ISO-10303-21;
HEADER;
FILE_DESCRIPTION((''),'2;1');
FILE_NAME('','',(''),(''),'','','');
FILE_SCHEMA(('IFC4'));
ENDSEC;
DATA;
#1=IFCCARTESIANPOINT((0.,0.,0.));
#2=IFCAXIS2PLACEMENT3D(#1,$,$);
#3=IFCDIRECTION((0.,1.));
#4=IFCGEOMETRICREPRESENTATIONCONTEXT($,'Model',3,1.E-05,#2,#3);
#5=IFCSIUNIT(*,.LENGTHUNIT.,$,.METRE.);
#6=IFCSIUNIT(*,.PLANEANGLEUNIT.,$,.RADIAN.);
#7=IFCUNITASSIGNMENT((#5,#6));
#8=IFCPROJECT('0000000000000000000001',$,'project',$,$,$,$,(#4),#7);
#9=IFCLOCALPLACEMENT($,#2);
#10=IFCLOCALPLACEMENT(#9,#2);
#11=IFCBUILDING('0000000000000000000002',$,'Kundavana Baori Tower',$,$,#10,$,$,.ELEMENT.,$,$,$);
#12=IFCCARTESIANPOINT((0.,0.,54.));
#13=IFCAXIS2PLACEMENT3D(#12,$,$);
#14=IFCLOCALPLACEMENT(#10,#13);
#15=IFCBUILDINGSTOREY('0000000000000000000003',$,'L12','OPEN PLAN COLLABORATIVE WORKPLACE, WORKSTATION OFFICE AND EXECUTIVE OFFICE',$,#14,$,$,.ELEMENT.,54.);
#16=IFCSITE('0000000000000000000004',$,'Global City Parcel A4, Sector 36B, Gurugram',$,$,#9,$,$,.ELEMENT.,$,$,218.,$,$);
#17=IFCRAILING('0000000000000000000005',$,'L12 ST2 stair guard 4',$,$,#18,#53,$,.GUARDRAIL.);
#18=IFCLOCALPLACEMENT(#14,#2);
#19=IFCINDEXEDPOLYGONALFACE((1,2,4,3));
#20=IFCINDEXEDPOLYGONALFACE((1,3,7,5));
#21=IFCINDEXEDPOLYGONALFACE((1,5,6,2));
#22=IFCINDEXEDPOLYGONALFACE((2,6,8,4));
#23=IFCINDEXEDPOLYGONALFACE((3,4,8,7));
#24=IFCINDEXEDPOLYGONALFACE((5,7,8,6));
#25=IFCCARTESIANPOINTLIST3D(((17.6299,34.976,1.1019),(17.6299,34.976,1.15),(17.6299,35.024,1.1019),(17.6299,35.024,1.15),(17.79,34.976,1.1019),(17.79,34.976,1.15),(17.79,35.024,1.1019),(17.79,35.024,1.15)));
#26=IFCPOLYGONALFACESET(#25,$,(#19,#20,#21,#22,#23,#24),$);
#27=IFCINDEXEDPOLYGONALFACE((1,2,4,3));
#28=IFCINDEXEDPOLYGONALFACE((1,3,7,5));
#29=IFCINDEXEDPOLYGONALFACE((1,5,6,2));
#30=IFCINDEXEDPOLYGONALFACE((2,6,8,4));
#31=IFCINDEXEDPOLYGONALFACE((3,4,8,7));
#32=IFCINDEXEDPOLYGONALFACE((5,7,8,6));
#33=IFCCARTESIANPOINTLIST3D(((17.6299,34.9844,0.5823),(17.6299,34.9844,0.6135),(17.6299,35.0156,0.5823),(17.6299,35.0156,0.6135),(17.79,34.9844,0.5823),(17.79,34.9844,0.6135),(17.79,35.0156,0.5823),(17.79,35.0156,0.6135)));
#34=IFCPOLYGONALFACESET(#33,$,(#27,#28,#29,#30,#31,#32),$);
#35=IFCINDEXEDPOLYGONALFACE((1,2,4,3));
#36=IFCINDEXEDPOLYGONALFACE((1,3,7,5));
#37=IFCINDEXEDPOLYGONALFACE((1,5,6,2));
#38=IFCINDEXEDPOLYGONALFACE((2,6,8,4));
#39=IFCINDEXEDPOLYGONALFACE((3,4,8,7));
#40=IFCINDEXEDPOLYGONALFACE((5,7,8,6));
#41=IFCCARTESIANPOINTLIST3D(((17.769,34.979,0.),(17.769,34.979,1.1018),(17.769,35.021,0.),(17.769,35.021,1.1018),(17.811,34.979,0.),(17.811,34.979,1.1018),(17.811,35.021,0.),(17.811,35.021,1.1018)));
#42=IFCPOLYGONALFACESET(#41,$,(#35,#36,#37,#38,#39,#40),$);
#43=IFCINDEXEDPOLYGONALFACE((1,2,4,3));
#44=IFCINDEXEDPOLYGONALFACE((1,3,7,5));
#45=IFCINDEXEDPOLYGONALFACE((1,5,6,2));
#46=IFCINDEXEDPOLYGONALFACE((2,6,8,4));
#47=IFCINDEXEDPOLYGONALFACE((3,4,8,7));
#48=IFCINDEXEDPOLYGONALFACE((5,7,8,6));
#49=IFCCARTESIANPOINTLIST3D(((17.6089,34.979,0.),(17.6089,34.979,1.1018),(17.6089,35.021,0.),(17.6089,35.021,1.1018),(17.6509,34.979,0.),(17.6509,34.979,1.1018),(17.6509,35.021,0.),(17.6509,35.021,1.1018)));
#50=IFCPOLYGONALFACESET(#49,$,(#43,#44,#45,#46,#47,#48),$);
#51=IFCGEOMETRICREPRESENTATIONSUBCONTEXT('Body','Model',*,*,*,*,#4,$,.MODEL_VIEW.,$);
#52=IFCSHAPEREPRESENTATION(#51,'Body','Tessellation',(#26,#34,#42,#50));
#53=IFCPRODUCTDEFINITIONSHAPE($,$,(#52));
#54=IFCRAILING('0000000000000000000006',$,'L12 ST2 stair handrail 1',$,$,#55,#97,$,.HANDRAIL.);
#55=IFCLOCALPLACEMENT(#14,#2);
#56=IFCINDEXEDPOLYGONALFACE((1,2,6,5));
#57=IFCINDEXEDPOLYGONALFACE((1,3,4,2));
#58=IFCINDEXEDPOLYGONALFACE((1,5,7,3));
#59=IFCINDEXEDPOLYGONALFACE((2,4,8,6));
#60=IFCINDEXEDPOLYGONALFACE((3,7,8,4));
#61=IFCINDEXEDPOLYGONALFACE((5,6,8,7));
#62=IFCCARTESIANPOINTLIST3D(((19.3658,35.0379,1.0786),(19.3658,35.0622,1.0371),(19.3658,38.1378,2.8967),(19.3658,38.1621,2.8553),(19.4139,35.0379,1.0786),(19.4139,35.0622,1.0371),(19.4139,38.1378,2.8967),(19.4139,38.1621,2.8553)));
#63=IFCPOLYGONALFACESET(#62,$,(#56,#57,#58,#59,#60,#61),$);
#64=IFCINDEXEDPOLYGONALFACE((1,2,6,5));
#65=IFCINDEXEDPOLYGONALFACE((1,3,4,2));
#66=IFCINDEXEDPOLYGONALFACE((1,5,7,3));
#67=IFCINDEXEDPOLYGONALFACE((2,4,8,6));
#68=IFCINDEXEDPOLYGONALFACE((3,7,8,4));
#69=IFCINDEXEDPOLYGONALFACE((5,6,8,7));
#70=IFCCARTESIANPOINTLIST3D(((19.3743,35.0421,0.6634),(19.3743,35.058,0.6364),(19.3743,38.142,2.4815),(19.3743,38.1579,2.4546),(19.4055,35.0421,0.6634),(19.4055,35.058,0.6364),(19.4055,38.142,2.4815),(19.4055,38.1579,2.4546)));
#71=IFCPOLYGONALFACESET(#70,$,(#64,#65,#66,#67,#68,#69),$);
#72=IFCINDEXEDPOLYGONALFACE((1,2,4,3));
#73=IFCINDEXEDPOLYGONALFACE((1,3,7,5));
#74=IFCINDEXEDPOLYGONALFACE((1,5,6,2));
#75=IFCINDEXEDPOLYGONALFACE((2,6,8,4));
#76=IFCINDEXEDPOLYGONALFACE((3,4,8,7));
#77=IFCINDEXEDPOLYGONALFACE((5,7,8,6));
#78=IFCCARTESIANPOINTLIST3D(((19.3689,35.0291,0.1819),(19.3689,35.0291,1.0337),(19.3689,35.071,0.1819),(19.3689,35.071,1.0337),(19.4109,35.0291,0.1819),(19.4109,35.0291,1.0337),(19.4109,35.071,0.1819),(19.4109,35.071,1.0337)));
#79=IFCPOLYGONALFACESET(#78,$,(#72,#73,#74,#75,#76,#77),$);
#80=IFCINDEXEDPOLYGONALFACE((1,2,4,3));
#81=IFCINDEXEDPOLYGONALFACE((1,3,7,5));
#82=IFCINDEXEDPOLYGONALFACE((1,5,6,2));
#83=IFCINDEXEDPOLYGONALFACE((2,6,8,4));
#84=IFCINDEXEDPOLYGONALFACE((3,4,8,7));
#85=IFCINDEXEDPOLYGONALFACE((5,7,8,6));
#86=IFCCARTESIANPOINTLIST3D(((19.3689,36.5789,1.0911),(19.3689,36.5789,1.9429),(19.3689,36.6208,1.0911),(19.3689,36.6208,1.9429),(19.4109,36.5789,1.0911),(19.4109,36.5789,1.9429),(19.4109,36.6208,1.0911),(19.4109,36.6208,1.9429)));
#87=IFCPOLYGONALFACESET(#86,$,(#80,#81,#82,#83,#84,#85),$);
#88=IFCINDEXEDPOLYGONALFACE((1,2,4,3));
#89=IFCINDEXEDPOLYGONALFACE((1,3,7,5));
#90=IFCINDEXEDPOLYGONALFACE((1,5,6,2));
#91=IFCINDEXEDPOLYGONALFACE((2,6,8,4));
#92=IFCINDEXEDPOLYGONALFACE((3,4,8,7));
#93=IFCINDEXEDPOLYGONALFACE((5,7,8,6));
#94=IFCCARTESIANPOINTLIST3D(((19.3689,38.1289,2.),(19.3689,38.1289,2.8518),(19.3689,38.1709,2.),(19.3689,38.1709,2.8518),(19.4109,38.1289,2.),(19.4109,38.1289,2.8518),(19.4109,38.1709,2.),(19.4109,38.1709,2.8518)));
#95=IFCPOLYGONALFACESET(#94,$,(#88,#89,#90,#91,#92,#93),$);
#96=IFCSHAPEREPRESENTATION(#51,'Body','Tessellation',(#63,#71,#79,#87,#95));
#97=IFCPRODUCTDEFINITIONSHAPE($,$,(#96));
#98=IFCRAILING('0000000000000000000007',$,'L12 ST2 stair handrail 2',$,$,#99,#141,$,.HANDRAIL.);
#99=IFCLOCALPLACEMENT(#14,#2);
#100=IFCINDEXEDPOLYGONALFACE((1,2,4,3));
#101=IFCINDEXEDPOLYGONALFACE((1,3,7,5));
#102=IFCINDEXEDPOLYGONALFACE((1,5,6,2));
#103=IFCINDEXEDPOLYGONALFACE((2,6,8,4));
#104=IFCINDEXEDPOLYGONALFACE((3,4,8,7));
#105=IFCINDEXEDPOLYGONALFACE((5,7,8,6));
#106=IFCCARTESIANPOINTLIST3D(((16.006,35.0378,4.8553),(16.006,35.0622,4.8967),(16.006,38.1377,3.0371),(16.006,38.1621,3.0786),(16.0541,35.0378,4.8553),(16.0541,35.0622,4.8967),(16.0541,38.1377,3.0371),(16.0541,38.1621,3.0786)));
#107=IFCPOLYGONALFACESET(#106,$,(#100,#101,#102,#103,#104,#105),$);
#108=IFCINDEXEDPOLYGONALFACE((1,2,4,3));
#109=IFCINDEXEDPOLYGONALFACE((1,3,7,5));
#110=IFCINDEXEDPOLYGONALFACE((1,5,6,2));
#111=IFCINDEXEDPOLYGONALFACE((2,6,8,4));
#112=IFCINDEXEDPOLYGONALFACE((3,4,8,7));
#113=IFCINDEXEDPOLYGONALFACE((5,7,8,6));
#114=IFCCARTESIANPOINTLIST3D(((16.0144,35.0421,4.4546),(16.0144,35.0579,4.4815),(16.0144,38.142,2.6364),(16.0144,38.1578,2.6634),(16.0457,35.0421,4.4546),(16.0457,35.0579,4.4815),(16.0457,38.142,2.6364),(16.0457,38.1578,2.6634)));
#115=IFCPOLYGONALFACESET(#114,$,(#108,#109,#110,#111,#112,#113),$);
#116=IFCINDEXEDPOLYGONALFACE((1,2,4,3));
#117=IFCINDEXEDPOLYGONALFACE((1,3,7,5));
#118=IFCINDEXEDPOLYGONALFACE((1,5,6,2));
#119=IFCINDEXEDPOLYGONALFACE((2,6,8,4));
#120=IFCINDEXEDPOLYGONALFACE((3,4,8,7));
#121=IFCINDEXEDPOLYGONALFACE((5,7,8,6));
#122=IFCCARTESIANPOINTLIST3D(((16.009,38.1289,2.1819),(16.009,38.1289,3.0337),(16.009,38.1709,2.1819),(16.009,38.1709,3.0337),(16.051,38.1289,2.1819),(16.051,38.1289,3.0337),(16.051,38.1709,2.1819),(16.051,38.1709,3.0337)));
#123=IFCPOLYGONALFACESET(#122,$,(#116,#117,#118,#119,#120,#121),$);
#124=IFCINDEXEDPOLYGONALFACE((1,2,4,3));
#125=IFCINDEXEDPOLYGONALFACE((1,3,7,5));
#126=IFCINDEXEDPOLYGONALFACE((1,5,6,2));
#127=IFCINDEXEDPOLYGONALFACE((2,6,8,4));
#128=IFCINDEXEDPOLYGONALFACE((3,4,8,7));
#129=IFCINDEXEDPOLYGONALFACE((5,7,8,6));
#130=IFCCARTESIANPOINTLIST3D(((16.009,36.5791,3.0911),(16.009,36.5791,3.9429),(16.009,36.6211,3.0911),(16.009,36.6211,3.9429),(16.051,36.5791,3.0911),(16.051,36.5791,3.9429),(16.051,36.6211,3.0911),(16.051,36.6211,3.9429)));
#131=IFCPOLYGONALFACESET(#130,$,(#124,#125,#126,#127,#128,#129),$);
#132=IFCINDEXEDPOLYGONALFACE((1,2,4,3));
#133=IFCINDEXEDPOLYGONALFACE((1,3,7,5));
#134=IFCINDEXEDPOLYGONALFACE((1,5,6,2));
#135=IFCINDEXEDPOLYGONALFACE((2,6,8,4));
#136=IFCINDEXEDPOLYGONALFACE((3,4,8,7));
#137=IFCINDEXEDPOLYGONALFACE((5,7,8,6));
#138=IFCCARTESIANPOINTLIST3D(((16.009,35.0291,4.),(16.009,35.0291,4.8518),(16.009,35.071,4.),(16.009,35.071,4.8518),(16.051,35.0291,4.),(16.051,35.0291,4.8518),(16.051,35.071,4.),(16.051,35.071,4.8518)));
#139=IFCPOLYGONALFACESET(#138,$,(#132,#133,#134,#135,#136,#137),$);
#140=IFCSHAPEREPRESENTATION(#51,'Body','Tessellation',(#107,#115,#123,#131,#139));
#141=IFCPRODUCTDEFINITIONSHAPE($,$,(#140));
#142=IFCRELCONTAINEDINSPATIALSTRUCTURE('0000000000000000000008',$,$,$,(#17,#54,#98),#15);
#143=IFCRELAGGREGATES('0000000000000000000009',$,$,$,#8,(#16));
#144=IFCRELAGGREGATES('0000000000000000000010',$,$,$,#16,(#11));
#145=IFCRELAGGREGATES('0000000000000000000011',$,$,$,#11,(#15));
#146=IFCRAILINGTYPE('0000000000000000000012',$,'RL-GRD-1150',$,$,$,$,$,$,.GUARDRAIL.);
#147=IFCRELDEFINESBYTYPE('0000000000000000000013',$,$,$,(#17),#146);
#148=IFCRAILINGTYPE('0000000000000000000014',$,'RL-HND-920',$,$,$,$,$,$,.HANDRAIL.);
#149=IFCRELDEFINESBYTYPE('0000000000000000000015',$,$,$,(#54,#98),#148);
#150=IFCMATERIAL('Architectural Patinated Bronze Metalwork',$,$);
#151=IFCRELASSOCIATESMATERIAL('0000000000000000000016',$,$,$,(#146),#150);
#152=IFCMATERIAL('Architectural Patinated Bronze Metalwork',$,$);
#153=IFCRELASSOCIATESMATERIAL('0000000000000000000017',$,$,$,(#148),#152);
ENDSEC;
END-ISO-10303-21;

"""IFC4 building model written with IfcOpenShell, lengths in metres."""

from ifc_helpers import new_model, si_unit, direction, frame, origin, origin_2d, place, context, subcontext, project, spatial, rectangle, extrude, material, type_object, element, save


model = new_model("IFC4")

# Units and contexts
model_context = context("Model", 3, precision=1e-05, world=origin(), true_north=direction((0.0, 1.0)))
body_context = subcontext(model_context, "Body", "Model", "MODEL_VIEW")
ifc_project = project(units=[si_unit("LENGTHUNIT", "METRE"), si_unit("PLANEANGLEUNIT", "RADIAN")], contexts=[model_context])

# Site, building, storey
site_placement = place(None, origin())
site = spatial("IfcSite", under=ifc_project, at=site_placement, Name="Global City Parcel A4, Sector 36B, Gurugram", CompositionType="ELEMENT", RefElevation=218.0)
building_placement = place(site_placement, origin())
building = spatial("IfcBuilding", under=site, at=building_placement, Name="Kundavana Baori Tower", CompositionType="ELEMENT")
storey_placement = place(building_placement, frame((0.0, 0.0, 54.0)))
storey = spatial("IfcBuildingStorey", under=building, at=storey_placement, Name="L12", Description="OPEN PLAN COLLABORATIVE WORKPLACE, WORKSTATION OFFICE AND EXECUTIVE OFFICE", CompositionType="ELEMENT", Elevation=54.0)

# Railings
ifc_material_1 = material(Name="Architectural Patinated Bronze Metalwork")
railing_type_1 = type_object("IfcRailingType", Name="RL-GRD-1150", PredefinedType="GUARDRAIL", material=ifc_material_1)
railing_1_placement = place(storey_placement, frame((17.79, 35.0, 0.0)))
element("IfcRailing", 1, at=railing_1_placement, inside=storey, type_object=railing_type_1, Name="L12 ST2 stair guard 4", PredefinedType="GUARDRAIL", context=body_context, shape_type="SweptSolid", body=[
    extrude(rectangle(XDim=0.0481, YDim=0.0481, at=origin_2d()), frame((0.0, 0.0, 1.126), z_axis=(-1.0, 0.0, 0.0), x_axis=(0.0, -1.0, 0.0)), (0.0, 0.0, 1.0), 0.1602),
    extrude(rectangle(XDim=0.0312, YDim=0.0312, at=origin_2d()), frame((0.0, 0.0, 0.5979), z_axis=(-1.0, 0.0, 0.0), x_axis=(0.0, -1.0, 0.0)), (0.0, 0.0, 1.0), 0.1602),
    extrude(rectangle(XDim=0.042, YDim=0.042, at=origin_2d()), origin(), (0.0, 0.0, 1.0), 1.1018),
    extrude(rectangle(XDim=0.042, YDim=0.042, at=origin_2d()), frame((-0.1602, 0.0, 0.0)), (0.0, 0.0, 1.0), 1.1018),
])
ifc_material_2 = material(Name="Architectural Patinated Bronze Metalwork")
railing_type_2 = type_object("IfcRailingType", Name="RL-HND-920", PredefinedType="HANDRAIL", material=ifc_material_2)
railing_2_placement = place(storey_placement, frame((19.3899, 35.05, 0.1819)))
element("IfcRailing", 2, at=railing_2_placement, inside=storey, type_object=railing_type_2, Name="L12 ST2 stair handrail 1", PredefinedType="HANDRAIL", context=body_context, shape_type="SweptSolid", body=[
    extrude(rectangle(XDim=0.0481, YDim=0.0481, at=origin_2d()), frame((0.0, 0.0, 0.876), z_axis=(0.0, 0.862581, 0.505918), x_axis=(-1.0, 0.0, 0.0)), (0.0, 0.0, 1.0), 3.5938),
    extrude(rectangle(XDim=0.0312, YDim=0.0312, at=origin_2d()), frame((0.0, 0.0, 0.468), z_axis=(0.0, 0.862581, 0.505918), x_axis=(-1.0, 0.0, 0.0)), (0.0, 0.0, 1.0), 3.5938),
    extrude(rectangle(XDim=0.042, YDim=0.042, at=origin_2d()), origin(), (0.0, 0.0, 1.0), 0.8518),
    extrude(rectangle(XDim=0.042, YDim=0.042, at=origin_2d()), frame((0.0, 1.5498, 0.9092)), (0.0, 0.0, 1.0), 0.8518),
    extrude(rectangle(XDim=0.042, YDim=0.042, at=origin_2d()), frame((0.0, 3.0999, 1.8181)), (0.0, 0.0, 1.0), 0.8518),
])
railing_3_placement = place(storey_placement, frame((16.03, 38.1499, 2.1819)))
element("IfcRailing", 3, at=railing_3_placement, inside=storey, type_object=railing_type_2, Name="L12 ST2 stair handrail 2", PredefinedType="HANDRAIL", context=body_context, shape_type="SweptSolid", body=[
    extrude(rectangle(XDim=0.0481, YDim=0.0481, at=origin_2d()), frame((0.0, 0.0, 0.876), z_axis=(0.0, -0.862581, 0.505918), x_axis=(1.0, 0.0, 0.0)), (0.0, 0.0, 1.0), 3.5938),
    extrude(rectangle(XDim=0.0312, YDim=0.0312, at=origin_2d()), frame((0.0, 0.0, 0.468), z_axis=(0.0, -0.862581, 0.505918), x_axis=(1.0, 0.0, 0.0)), (0.0, 0.0, 1.0), 3.5938),
    extrude(rectangle(XDim=0.042, YDim=0.042, at=origin_2d()), origin(), (0.0, 0.0, 1.0), 0.8518),
    extrude(rectangle(XDim=0.042, YDim=0.042, at=origin_2d()), frame((0.0, -1.5498, 0.9092)), (0.0, 0.0, 1.0), 0.8518),
    extrude(rectangle(XDim=0.042, YDim=0.042, at=origin_2d()), frame((0.0, -3.0999, 1.8181)), (0.0, 0.0, 1.0), 0.8518),
])

save(model, "model.ifc")
